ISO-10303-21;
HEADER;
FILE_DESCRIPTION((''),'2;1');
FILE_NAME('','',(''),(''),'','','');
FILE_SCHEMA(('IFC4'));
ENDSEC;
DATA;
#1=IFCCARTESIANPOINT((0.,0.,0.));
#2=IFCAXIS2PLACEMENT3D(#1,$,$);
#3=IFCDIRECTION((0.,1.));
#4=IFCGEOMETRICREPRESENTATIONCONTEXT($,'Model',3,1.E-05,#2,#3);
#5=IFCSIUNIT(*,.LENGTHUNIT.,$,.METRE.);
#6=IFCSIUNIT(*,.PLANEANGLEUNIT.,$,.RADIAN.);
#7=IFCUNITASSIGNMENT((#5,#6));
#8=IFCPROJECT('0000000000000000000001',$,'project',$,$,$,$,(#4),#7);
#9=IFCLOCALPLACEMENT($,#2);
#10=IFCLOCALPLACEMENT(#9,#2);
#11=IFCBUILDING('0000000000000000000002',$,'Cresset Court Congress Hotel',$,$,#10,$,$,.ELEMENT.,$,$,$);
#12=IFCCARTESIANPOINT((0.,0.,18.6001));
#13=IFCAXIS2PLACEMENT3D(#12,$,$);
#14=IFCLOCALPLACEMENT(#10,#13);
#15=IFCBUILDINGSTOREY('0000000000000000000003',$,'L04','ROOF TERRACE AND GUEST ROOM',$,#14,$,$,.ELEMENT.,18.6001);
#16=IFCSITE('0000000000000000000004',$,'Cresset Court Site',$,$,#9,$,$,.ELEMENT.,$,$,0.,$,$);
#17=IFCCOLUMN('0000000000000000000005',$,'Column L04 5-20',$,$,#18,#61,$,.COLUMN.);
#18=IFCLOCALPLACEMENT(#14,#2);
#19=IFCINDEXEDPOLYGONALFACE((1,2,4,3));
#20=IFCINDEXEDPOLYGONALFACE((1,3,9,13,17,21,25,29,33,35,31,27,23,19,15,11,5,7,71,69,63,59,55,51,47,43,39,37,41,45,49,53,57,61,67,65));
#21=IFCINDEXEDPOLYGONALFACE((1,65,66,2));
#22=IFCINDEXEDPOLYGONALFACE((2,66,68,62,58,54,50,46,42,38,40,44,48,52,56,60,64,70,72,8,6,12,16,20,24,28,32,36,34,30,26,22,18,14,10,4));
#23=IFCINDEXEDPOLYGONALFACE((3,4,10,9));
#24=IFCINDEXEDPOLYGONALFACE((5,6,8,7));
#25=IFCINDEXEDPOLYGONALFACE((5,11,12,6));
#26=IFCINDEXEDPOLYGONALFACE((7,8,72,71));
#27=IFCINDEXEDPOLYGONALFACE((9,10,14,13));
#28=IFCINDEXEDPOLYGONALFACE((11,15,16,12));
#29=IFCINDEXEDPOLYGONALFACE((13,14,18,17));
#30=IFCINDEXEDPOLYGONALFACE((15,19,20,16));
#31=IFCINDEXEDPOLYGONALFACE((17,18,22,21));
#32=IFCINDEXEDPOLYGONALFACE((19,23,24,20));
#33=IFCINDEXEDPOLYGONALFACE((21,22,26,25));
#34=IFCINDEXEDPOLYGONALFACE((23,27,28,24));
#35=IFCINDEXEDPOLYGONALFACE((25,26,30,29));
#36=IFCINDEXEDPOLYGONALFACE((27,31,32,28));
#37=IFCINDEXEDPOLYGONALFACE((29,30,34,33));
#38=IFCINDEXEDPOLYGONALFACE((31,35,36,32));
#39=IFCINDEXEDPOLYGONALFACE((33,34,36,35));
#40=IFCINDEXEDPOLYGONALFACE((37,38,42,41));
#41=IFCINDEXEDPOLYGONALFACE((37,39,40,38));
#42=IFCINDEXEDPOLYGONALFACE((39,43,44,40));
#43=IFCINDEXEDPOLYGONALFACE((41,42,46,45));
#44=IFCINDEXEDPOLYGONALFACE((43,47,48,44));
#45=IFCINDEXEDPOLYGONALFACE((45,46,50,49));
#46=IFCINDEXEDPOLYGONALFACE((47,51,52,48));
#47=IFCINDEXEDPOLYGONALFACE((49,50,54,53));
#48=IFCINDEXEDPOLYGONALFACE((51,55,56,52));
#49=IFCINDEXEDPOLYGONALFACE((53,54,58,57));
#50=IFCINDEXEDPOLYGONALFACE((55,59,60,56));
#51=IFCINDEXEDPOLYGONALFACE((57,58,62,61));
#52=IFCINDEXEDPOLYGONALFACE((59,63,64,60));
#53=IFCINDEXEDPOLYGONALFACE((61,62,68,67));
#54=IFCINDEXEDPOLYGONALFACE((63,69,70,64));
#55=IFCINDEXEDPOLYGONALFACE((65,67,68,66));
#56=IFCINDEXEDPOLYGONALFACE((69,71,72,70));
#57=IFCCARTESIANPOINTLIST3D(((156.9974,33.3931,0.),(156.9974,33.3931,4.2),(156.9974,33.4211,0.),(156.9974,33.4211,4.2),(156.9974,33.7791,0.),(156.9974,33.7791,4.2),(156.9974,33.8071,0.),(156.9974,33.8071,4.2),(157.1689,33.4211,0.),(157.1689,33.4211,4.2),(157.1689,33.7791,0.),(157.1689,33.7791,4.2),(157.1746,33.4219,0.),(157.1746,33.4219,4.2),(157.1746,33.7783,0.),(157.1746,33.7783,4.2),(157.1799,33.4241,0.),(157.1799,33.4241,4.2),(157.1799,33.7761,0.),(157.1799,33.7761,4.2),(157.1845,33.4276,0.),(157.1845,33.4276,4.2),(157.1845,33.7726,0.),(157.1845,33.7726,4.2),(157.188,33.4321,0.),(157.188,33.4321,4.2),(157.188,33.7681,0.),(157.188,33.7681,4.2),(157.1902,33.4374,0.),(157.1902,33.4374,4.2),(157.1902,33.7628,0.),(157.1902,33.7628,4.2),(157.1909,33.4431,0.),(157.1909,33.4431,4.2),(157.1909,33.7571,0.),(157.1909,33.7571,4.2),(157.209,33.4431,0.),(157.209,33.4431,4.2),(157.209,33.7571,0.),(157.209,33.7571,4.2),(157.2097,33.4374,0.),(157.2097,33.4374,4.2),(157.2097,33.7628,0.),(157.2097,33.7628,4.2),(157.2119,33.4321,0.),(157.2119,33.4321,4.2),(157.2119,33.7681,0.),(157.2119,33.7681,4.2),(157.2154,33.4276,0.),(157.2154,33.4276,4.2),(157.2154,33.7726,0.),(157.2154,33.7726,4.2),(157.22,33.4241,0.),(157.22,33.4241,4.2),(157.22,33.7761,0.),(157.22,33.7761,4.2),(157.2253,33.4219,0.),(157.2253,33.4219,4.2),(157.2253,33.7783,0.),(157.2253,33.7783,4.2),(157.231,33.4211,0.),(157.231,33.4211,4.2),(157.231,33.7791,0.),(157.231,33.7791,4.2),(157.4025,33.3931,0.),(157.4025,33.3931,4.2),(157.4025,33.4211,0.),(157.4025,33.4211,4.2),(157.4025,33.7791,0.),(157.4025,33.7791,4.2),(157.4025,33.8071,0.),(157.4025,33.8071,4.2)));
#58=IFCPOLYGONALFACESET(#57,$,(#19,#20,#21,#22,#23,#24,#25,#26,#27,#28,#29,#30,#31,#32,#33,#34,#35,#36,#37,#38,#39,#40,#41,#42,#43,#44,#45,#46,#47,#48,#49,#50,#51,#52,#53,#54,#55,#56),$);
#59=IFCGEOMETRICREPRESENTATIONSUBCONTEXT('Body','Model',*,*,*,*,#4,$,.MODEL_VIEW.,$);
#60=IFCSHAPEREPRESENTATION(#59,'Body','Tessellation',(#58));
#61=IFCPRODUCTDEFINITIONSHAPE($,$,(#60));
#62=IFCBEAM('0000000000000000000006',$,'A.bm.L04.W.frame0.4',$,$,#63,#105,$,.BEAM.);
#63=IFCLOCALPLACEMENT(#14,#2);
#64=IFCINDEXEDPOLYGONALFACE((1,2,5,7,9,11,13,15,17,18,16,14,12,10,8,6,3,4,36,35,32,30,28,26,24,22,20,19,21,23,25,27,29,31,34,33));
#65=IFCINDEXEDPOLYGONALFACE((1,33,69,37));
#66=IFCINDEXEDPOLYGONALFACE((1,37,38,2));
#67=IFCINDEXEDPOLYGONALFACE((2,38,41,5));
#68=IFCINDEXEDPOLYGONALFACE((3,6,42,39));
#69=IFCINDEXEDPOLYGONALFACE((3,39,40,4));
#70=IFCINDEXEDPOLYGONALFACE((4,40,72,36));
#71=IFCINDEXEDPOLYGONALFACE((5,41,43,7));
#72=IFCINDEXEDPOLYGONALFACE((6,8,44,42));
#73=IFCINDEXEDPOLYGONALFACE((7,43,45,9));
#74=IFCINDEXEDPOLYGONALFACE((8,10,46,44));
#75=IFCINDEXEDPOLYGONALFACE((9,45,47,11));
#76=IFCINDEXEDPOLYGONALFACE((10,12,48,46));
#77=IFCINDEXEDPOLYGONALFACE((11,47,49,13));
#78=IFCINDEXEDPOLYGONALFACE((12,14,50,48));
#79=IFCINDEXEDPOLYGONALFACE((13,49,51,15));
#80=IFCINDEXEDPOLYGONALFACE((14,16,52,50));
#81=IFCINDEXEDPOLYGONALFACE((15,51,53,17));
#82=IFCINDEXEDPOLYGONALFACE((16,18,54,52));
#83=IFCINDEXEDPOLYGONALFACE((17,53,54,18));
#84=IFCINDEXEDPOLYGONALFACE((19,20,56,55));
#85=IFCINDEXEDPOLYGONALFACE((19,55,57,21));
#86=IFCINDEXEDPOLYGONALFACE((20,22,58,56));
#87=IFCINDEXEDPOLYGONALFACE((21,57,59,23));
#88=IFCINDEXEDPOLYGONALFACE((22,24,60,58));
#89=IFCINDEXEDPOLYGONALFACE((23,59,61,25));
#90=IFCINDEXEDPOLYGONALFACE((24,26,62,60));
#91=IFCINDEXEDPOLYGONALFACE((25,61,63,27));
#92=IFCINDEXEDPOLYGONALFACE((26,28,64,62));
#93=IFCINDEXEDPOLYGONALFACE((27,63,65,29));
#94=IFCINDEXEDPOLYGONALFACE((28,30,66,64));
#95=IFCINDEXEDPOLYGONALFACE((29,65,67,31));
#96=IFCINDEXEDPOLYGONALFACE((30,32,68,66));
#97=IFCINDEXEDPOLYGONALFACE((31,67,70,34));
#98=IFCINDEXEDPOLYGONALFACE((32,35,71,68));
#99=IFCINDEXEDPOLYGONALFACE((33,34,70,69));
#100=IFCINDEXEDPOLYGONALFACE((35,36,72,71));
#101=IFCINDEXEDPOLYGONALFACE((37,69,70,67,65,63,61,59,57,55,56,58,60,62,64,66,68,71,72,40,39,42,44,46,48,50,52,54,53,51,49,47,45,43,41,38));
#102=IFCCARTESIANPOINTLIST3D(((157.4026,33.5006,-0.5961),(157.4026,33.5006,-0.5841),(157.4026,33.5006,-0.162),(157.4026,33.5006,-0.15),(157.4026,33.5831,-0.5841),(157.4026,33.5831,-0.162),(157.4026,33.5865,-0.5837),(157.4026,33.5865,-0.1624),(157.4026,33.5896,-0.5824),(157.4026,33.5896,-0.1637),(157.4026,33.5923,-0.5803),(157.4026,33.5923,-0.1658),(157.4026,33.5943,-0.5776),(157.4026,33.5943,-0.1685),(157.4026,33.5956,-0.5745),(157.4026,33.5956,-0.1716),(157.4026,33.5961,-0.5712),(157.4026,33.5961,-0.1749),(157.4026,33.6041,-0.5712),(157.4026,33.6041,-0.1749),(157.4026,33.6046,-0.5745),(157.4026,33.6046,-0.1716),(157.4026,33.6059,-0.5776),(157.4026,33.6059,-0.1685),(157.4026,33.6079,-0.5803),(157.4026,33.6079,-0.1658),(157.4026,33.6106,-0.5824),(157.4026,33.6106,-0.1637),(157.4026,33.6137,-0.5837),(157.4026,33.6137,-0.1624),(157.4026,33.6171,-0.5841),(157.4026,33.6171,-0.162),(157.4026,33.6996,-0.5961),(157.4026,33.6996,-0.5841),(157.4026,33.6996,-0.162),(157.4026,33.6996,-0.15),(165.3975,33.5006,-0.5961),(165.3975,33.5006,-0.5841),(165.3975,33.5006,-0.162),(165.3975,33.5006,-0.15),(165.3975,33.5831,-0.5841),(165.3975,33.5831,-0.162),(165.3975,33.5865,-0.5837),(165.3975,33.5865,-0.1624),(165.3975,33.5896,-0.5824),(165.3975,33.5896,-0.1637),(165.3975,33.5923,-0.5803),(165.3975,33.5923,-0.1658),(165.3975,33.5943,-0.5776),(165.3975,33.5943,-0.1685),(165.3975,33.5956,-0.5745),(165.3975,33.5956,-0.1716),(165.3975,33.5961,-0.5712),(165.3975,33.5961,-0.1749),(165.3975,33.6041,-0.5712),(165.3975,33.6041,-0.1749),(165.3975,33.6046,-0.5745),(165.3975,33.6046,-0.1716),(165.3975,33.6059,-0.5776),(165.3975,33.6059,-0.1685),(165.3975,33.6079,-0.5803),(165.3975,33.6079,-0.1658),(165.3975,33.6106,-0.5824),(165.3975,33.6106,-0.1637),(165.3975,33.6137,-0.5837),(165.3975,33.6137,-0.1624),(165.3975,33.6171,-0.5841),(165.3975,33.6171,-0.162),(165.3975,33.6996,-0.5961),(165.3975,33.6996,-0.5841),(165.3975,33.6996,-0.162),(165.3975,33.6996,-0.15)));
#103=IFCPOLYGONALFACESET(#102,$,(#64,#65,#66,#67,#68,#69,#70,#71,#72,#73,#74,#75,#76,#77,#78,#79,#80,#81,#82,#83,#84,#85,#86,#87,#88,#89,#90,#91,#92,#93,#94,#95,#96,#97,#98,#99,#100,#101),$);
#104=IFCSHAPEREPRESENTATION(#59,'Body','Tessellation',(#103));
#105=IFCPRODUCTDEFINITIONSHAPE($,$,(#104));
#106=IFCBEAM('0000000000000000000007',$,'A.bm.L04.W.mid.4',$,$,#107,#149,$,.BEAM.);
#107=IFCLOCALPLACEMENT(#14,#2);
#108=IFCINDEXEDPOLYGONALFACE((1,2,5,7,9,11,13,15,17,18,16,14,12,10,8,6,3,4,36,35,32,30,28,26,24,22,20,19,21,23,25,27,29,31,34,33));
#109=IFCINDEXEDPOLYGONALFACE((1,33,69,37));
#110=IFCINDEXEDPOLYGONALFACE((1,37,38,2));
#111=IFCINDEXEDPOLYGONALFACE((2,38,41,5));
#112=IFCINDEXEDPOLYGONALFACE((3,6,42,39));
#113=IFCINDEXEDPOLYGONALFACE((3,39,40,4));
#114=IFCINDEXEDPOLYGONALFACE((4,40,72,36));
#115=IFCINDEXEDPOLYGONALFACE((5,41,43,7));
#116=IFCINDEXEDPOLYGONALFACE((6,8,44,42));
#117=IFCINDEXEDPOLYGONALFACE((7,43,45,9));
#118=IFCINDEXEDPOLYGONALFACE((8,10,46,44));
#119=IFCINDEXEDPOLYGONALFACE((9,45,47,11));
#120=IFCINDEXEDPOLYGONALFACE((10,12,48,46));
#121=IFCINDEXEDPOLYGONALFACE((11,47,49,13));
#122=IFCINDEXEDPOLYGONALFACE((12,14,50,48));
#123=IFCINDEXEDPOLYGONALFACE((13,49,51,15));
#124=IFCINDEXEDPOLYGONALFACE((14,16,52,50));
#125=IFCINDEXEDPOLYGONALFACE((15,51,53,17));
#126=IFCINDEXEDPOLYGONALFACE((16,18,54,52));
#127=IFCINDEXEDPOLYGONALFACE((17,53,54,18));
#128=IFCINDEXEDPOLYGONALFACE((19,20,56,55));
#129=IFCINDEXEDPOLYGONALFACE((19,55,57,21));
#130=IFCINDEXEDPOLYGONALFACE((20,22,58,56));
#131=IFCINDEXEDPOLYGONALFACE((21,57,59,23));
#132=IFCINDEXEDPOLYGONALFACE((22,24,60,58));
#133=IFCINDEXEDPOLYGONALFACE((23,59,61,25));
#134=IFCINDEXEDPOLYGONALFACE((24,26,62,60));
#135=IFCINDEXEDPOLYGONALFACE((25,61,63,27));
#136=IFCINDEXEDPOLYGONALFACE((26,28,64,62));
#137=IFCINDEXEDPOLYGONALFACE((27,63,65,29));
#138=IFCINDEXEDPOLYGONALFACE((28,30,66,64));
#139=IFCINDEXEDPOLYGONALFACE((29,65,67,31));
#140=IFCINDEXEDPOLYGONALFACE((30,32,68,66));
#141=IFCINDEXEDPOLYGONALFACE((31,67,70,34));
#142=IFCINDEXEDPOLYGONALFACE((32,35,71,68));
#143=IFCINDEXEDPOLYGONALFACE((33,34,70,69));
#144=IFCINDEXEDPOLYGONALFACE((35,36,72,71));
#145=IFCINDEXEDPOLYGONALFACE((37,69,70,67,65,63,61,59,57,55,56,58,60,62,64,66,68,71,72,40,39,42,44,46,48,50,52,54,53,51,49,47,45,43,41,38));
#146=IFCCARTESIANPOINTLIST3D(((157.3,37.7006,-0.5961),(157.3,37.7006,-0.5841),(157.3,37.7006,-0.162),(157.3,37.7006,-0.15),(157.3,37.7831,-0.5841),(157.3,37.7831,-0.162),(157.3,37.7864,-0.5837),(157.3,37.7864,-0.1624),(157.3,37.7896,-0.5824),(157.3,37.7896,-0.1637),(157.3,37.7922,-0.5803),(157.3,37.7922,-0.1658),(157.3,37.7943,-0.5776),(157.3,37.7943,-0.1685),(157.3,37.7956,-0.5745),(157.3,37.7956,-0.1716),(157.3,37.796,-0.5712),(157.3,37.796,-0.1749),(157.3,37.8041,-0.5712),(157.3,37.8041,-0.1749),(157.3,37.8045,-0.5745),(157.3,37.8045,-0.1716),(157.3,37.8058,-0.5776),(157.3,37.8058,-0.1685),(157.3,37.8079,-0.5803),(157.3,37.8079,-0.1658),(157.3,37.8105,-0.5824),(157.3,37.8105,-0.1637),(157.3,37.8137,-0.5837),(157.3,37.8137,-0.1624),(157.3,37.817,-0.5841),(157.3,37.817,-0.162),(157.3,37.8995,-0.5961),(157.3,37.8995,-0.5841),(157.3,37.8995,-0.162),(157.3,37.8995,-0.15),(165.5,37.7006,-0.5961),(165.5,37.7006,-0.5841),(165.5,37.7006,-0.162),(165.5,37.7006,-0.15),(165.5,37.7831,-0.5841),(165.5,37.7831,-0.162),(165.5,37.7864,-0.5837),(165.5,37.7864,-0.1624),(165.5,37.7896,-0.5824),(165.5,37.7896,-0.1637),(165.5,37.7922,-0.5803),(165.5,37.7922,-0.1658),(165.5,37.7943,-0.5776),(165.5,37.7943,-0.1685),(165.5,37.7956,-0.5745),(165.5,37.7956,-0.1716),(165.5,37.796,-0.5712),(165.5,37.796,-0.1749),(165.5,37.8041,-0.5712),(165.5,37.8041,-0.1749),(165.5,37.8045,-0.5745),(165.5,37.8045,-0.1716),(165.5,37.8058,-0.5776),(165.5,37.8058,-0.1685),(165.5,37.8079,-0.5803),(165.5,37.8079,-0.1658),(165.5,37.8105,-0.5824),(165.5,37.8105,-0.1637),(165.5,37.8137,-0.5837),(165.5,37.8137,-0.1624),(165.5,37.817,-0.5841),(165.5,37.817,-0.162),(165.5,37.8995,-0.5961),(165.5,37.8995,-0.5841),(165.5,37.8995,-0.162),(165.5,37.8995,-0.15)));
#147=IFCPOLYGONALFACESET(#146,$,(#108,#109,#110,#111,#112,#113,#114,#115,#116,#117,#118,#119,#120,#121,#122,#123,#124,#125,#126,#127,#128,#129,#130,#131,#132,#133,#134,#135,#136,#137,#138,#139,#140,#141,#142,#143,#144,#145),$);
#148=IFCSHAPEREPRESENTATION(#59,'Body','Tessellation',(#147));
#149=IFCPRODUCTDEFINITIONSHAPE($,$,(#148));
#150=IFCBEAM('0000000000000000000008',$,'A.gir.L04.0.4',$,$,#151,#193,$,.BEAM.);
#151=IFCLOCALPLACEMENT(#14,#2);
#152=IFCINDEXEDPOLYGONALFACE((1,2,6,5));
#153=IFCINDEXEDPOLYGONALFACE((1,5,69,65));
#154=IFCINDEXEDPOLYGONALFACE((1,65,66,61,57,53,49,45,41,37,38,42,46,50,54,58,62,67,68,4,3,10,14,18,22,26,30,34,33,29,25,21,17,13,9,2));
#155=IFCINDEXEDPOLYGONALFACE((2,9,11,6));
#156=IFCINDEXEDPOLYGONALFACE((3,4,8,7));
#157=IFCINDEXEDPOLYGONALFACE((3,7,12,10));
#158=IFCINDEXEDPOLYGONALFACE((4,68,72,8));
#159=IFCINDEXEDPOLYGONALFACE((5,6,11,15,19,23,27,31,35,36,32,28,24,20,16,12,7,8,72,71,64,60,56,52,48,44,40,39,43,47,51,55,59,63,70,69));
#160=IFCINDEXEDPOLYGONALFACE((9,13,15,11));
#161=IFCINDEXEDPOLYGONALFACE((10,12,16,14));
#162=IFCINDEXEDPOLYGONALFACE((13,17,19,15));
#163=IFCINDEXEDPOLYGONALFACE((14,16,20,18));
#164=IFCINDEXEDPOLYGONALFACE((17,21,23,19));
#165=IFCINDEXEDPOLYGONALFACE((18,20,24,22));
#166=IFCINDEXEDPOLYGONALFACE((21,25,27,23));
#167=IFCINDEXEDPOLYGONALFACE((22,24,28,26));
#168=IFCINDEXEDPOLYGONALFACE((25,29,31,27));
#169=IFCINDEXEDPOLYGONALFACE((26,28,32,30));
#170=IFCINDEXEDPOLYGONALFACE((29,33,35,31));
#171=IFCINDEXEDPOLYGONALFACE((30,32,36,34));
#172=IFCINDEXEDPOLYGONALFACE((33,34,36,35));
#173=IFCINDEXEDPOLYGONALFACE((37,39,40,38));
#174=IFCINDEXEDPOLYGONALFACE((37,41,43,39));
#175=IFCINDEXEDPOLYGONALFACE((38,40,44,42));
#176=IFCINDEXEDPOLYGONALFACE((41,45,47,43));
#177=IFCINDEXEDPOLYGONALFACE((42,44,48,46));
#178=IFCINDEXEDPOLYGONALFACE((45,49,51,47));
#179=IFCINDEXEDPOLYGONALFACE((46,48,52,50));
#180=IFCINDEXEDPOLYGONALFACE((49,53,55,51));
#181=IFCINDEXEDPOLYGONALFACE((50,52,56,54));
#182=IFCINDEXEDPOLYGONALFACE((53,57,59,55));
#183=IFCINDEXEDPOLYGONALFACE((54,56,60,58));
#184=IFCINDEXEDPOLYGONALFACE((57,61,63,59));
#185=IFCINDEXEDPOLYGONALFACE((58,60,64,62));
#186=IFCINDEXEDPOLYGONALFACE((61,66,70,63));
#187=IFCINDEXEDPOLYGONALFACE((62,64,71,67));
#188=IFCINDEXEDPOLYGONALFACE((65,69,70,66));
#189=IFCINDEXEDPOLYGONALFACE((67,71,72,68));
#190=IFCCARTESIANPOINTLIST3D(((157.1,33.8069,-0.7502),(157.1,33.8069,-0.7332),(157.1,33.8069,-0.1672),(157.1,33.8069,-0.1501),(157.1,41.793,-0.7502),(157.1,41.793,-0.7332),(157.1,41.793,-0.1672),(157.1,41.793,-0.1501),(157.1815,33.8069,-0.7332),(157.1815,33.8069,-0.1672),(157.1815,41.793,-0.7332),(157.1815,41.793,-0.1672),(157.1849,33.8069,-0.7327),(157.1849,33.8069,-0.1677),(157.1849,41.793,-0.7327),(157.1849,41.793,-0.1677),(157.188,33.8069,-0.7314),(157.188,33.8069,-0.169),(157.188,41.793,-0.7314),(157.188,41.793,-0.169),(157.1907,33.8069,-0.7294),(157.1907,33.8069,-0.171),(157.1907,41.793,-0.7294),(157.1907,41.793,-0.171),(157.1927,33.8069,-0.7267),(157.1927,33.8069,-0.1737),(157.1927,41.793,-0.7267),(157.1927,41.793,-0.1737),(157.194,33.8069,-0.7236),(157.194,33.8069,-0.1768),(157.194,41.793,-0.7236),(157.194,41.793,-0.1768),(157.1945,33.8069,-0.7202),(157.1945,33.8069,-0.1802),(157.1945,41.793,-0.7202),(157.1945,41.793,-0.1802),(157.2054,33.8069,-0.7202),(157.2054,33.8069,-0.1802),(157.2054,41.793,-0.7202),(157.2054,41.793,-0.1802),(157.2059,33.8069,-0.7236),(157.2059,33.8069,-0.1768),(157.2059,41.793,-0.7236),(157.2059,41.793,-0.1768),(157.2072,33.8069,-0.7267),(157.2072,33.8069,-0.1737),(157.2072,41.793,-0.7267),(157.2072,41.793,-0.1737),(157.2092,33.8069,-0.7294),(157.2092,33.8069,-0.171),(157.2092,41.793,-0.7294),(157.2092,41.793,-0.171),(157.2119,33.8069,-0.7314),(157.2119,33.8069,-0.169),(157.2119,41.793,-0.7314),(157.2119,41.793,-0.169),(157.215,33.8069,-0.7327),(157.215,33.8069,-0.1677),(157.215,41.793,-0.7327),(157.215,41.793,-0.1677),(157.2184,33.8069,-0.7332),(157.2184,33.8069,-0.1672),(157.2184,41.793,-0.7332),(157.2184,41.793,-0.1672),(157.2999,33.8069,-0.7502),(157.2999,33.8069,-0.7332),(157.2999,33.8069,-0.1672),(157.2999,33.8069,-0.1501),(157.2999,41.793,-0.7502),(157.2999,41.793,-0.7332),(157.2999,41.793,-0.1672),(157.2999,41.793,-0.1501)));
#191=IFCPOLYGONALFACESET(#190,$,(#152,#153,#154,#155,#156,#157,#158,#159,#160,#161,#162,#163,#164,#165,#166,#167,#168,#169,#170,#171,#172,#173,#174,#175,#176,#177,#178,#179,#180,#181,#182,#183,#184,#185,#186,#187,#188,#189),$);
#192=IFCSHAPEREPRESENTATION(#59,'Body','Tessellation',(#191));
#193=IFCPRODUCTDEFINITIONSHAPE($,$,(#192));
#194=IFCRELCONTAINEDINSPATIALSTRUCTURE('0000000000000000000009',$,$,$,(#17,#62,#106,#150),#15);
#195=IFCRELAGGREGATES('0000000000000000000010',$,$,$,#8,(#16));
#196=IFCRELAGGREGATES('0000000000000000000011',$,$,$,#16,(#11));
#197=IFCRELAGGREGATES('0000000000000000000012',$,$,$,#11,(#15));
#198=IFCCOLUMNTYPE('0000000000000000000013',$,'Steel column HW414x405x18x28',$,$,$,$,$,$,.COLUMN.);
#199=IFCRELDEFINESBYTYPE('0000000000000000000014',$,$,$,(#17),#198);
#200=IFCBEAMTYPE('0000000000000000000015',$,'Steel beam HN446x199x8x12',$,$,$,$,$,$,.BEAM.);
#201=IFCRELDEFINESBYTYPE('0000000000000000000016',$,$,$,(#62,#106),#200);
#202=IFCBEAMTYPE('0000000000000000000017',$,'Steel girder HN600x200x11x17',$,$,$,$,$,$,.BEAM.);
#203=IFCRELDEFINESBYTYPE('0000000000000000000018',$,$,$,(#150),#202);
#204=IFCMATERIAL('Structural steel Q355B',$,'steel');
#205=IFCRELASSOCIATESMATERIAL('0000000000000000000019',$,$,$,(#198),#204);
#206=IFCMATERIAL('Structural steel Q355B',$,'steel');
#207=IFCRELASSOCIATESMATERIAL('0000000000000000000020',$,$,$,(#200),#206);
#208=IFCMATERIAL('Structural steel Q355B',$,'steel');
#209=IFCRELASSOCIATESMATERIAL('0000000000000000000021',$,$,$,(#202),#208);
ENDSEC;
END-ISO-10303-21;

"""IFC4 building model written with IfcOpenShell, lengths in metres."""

from ifc_helpers import new_model, si_unit, direction, frame, origin, origin_2d, place, context, subcontext, project, spatial, i_section, extrude, material, material_profile, profile_set, type_object, element, save


model = new_model("IFC4")

# Units and contexts
model_context = context("Model", 3, precision=1e-05, world=origin(), true_north=direction((0.0, 1.0)))
body_context = subcontext(model_context, "Body", "Model", "MODEL_VIEW")
ifc_project = project(units=[si_unit("LENGTHUNIT", "METRE"), si_unit("PLANEANGLEUNIT", "RADIAN")], contexts=[model_context])

# Site, building, storey
site_placement = place(None, origin())
site = spatial("IfcSite", under=ifc_project, at=site_placement, Name="Cresset Court Site", CompositionType="ELEMENT", RefElevation=0.0)
building_placement = place(site_placement, origin())
building = spatial("IfcBuilding", under=site, at=building_placement, Name="Cresset Court Congress Hotel", CompositionType="ELEMENT")
storey_placement = place(building_placement, frame((0.0, 0.0, 18.6001)))
storey = spatial("IfcBuildingStorey", under=building, at=storey_placement, Name="L04", Description="ROOF TERRACE AND GUEST ROOM", CompositionType="ELEMENT", Elevation=18.6001)

# Column
ifc_material_1 = material(Name="Structural steel Q355B", Category="steel")
ifc_material_profile_1 = material_profile(ifc_material_1, i_section(OverallWidth=0.405, OverallDepth=0.4141, WebThickness=0.0181, FlangeThickness=0.0281, FilletRadius=0.022, at=origin_2d()), Name="HW414x405x18x28")
ifc_profile_set_1 = profile_set([ifc_material_profile_1], Name="Structural steel Q355B")
column_type = type_object("IfcColumnType", Name="Steel column HW414x405x18x28", PredefinedType="COLUMN", material=ifc_profile_set_1)
column_placement = place(storey_placement, frame((157.2, 33.6001, 0.0), z_axis=(0.0, 0.0, 1.0), x_axis=(1.0, 0.0, 0.0)))
element("IfcColumn", 1, at=column_placement, inside=storey, type_object=column_type, Name="Column L04 5-20", PredefinedType="COLUMN", context=body_context, shape_type="SweptSolid", body=[
    extrude(i_section(OverallWidth=0.405, OverallDepth=0.4141, WebThickness=0.0181, FlangeThickness=0.0281, FilletRadius=0.022, at=origin_2d()), origin(), (0.0, 0.0, 1.0), 4.2),
])

# Beams
ifc_material_2 = material(Name="Structural steel Q355B", Category="steel")
ifc_material_profile_2 = material_profile(ifc_material_2, i_section(OverallWidth=0.199, OverallDepth=0.446, WebThickness=0.0081, FlangeThickness=0.012, FilletRadius=0.0129, at=origin_2d()), Name="HN446x199x8x12")
ifc_profile_set_2 = profile_set([ifc_material_profile_2], Name="Structural steel Q355B")
beam_type_1 = type_object("IfcBeamType", Name="Steel beam HN446x199x8x12", PredefinedType="BEAM", material=ifc_profile_set_2)
beam_1_placement = place(storey_placement, frame((157.4026, 33.6001, -0.373), z_axis=(1.0, 0.0, 0.0), x_axis=(0.0, 1.0, 0.0)))
element("IfcBeam", 2, at=beam_1_placement, inside=storey, type_object=beam_type_1, Name="A.bm.L04.W.frame0.4", PredefinedType="BEAM", context=body_context, shape_type="SweptSolid", body=[
    extrude(i_section(OverallWidth=0.199, OverallDepth=0.446, WebThickness=0.0081, FlangeThickness=0.012, FilletRadius=0.0129, at=origin_2d()), origin(), (0.0, 0.0, 1.0), 7.9949),
])
beam_2_placement = place(storey_placement, frame((157.3, 37.8, -0.373), z_axis=(1.0, 0.0, 0.0), x_axis=(0.0, 1.0, 0.0)))
element("IfcBeam", 3, at=beam_2_placement, inside=storey, type_object=beam_type_1, Name="A.bm.L04.W.mid.4", PredefinedType="BEAM", context=body_context, shape_type="SweptSolid", body=[
    extrude(i_section(OverallWidth=0.199, OverallDepth=0.446, WebThickness=0.0081, FlangeThickness=0.012, FilletRadius=0.0129, at=origin_2d()), origin(), (0.0, 0.0, 1.0), 8.2),
])
ifc_material_3 = material(Name="Structural steel Q355B", Category="steel")
ifc_material_profile_3 = material_profile(ifc_material_3, i_section(OverallWidth=0.2, OverallDepth=0.6001, WebThickness=0.011, FlangeThickness=0.0171, FilletRadius=0.0129, at=origin_2d()), Name="HN600x200x11x17")
ifc_profile_set_3 = profile_set([ifc_material_profile_3], Name="Structural steel Q355B")
beam_type_2 = type_object("IfcBeamType", Name="Steel girder HN600x200x11x17", PredefinedType="BEAM", material=ifc_profile_set_3)
beam_3_placement = place(storey_placement, frame((157.2, 33.8069, -0.4502), z_axis=(0.0, 1.0, 0.0), x_axis=(-1.0, 0.0, 0.0)))
element("IfcBeam", 4, at=beam_3_placement, inside=storey, type_object=beam_type_2, Name="A.gir.L04.0.4", PredefinedType="BEAM", context=body_context, shape_type="SweptSolid", body=[
    extrude(i_section(OverallWidth=0.2, OverallDepth=0.6001, WebThickness=0.011, FlangeThickness=0.0171, FilletRadius=0.0129, at=origin_2d()), origin(), (0.0, 0.0, 1.0), 7.9861),
])

save(model, "model.ifc")
